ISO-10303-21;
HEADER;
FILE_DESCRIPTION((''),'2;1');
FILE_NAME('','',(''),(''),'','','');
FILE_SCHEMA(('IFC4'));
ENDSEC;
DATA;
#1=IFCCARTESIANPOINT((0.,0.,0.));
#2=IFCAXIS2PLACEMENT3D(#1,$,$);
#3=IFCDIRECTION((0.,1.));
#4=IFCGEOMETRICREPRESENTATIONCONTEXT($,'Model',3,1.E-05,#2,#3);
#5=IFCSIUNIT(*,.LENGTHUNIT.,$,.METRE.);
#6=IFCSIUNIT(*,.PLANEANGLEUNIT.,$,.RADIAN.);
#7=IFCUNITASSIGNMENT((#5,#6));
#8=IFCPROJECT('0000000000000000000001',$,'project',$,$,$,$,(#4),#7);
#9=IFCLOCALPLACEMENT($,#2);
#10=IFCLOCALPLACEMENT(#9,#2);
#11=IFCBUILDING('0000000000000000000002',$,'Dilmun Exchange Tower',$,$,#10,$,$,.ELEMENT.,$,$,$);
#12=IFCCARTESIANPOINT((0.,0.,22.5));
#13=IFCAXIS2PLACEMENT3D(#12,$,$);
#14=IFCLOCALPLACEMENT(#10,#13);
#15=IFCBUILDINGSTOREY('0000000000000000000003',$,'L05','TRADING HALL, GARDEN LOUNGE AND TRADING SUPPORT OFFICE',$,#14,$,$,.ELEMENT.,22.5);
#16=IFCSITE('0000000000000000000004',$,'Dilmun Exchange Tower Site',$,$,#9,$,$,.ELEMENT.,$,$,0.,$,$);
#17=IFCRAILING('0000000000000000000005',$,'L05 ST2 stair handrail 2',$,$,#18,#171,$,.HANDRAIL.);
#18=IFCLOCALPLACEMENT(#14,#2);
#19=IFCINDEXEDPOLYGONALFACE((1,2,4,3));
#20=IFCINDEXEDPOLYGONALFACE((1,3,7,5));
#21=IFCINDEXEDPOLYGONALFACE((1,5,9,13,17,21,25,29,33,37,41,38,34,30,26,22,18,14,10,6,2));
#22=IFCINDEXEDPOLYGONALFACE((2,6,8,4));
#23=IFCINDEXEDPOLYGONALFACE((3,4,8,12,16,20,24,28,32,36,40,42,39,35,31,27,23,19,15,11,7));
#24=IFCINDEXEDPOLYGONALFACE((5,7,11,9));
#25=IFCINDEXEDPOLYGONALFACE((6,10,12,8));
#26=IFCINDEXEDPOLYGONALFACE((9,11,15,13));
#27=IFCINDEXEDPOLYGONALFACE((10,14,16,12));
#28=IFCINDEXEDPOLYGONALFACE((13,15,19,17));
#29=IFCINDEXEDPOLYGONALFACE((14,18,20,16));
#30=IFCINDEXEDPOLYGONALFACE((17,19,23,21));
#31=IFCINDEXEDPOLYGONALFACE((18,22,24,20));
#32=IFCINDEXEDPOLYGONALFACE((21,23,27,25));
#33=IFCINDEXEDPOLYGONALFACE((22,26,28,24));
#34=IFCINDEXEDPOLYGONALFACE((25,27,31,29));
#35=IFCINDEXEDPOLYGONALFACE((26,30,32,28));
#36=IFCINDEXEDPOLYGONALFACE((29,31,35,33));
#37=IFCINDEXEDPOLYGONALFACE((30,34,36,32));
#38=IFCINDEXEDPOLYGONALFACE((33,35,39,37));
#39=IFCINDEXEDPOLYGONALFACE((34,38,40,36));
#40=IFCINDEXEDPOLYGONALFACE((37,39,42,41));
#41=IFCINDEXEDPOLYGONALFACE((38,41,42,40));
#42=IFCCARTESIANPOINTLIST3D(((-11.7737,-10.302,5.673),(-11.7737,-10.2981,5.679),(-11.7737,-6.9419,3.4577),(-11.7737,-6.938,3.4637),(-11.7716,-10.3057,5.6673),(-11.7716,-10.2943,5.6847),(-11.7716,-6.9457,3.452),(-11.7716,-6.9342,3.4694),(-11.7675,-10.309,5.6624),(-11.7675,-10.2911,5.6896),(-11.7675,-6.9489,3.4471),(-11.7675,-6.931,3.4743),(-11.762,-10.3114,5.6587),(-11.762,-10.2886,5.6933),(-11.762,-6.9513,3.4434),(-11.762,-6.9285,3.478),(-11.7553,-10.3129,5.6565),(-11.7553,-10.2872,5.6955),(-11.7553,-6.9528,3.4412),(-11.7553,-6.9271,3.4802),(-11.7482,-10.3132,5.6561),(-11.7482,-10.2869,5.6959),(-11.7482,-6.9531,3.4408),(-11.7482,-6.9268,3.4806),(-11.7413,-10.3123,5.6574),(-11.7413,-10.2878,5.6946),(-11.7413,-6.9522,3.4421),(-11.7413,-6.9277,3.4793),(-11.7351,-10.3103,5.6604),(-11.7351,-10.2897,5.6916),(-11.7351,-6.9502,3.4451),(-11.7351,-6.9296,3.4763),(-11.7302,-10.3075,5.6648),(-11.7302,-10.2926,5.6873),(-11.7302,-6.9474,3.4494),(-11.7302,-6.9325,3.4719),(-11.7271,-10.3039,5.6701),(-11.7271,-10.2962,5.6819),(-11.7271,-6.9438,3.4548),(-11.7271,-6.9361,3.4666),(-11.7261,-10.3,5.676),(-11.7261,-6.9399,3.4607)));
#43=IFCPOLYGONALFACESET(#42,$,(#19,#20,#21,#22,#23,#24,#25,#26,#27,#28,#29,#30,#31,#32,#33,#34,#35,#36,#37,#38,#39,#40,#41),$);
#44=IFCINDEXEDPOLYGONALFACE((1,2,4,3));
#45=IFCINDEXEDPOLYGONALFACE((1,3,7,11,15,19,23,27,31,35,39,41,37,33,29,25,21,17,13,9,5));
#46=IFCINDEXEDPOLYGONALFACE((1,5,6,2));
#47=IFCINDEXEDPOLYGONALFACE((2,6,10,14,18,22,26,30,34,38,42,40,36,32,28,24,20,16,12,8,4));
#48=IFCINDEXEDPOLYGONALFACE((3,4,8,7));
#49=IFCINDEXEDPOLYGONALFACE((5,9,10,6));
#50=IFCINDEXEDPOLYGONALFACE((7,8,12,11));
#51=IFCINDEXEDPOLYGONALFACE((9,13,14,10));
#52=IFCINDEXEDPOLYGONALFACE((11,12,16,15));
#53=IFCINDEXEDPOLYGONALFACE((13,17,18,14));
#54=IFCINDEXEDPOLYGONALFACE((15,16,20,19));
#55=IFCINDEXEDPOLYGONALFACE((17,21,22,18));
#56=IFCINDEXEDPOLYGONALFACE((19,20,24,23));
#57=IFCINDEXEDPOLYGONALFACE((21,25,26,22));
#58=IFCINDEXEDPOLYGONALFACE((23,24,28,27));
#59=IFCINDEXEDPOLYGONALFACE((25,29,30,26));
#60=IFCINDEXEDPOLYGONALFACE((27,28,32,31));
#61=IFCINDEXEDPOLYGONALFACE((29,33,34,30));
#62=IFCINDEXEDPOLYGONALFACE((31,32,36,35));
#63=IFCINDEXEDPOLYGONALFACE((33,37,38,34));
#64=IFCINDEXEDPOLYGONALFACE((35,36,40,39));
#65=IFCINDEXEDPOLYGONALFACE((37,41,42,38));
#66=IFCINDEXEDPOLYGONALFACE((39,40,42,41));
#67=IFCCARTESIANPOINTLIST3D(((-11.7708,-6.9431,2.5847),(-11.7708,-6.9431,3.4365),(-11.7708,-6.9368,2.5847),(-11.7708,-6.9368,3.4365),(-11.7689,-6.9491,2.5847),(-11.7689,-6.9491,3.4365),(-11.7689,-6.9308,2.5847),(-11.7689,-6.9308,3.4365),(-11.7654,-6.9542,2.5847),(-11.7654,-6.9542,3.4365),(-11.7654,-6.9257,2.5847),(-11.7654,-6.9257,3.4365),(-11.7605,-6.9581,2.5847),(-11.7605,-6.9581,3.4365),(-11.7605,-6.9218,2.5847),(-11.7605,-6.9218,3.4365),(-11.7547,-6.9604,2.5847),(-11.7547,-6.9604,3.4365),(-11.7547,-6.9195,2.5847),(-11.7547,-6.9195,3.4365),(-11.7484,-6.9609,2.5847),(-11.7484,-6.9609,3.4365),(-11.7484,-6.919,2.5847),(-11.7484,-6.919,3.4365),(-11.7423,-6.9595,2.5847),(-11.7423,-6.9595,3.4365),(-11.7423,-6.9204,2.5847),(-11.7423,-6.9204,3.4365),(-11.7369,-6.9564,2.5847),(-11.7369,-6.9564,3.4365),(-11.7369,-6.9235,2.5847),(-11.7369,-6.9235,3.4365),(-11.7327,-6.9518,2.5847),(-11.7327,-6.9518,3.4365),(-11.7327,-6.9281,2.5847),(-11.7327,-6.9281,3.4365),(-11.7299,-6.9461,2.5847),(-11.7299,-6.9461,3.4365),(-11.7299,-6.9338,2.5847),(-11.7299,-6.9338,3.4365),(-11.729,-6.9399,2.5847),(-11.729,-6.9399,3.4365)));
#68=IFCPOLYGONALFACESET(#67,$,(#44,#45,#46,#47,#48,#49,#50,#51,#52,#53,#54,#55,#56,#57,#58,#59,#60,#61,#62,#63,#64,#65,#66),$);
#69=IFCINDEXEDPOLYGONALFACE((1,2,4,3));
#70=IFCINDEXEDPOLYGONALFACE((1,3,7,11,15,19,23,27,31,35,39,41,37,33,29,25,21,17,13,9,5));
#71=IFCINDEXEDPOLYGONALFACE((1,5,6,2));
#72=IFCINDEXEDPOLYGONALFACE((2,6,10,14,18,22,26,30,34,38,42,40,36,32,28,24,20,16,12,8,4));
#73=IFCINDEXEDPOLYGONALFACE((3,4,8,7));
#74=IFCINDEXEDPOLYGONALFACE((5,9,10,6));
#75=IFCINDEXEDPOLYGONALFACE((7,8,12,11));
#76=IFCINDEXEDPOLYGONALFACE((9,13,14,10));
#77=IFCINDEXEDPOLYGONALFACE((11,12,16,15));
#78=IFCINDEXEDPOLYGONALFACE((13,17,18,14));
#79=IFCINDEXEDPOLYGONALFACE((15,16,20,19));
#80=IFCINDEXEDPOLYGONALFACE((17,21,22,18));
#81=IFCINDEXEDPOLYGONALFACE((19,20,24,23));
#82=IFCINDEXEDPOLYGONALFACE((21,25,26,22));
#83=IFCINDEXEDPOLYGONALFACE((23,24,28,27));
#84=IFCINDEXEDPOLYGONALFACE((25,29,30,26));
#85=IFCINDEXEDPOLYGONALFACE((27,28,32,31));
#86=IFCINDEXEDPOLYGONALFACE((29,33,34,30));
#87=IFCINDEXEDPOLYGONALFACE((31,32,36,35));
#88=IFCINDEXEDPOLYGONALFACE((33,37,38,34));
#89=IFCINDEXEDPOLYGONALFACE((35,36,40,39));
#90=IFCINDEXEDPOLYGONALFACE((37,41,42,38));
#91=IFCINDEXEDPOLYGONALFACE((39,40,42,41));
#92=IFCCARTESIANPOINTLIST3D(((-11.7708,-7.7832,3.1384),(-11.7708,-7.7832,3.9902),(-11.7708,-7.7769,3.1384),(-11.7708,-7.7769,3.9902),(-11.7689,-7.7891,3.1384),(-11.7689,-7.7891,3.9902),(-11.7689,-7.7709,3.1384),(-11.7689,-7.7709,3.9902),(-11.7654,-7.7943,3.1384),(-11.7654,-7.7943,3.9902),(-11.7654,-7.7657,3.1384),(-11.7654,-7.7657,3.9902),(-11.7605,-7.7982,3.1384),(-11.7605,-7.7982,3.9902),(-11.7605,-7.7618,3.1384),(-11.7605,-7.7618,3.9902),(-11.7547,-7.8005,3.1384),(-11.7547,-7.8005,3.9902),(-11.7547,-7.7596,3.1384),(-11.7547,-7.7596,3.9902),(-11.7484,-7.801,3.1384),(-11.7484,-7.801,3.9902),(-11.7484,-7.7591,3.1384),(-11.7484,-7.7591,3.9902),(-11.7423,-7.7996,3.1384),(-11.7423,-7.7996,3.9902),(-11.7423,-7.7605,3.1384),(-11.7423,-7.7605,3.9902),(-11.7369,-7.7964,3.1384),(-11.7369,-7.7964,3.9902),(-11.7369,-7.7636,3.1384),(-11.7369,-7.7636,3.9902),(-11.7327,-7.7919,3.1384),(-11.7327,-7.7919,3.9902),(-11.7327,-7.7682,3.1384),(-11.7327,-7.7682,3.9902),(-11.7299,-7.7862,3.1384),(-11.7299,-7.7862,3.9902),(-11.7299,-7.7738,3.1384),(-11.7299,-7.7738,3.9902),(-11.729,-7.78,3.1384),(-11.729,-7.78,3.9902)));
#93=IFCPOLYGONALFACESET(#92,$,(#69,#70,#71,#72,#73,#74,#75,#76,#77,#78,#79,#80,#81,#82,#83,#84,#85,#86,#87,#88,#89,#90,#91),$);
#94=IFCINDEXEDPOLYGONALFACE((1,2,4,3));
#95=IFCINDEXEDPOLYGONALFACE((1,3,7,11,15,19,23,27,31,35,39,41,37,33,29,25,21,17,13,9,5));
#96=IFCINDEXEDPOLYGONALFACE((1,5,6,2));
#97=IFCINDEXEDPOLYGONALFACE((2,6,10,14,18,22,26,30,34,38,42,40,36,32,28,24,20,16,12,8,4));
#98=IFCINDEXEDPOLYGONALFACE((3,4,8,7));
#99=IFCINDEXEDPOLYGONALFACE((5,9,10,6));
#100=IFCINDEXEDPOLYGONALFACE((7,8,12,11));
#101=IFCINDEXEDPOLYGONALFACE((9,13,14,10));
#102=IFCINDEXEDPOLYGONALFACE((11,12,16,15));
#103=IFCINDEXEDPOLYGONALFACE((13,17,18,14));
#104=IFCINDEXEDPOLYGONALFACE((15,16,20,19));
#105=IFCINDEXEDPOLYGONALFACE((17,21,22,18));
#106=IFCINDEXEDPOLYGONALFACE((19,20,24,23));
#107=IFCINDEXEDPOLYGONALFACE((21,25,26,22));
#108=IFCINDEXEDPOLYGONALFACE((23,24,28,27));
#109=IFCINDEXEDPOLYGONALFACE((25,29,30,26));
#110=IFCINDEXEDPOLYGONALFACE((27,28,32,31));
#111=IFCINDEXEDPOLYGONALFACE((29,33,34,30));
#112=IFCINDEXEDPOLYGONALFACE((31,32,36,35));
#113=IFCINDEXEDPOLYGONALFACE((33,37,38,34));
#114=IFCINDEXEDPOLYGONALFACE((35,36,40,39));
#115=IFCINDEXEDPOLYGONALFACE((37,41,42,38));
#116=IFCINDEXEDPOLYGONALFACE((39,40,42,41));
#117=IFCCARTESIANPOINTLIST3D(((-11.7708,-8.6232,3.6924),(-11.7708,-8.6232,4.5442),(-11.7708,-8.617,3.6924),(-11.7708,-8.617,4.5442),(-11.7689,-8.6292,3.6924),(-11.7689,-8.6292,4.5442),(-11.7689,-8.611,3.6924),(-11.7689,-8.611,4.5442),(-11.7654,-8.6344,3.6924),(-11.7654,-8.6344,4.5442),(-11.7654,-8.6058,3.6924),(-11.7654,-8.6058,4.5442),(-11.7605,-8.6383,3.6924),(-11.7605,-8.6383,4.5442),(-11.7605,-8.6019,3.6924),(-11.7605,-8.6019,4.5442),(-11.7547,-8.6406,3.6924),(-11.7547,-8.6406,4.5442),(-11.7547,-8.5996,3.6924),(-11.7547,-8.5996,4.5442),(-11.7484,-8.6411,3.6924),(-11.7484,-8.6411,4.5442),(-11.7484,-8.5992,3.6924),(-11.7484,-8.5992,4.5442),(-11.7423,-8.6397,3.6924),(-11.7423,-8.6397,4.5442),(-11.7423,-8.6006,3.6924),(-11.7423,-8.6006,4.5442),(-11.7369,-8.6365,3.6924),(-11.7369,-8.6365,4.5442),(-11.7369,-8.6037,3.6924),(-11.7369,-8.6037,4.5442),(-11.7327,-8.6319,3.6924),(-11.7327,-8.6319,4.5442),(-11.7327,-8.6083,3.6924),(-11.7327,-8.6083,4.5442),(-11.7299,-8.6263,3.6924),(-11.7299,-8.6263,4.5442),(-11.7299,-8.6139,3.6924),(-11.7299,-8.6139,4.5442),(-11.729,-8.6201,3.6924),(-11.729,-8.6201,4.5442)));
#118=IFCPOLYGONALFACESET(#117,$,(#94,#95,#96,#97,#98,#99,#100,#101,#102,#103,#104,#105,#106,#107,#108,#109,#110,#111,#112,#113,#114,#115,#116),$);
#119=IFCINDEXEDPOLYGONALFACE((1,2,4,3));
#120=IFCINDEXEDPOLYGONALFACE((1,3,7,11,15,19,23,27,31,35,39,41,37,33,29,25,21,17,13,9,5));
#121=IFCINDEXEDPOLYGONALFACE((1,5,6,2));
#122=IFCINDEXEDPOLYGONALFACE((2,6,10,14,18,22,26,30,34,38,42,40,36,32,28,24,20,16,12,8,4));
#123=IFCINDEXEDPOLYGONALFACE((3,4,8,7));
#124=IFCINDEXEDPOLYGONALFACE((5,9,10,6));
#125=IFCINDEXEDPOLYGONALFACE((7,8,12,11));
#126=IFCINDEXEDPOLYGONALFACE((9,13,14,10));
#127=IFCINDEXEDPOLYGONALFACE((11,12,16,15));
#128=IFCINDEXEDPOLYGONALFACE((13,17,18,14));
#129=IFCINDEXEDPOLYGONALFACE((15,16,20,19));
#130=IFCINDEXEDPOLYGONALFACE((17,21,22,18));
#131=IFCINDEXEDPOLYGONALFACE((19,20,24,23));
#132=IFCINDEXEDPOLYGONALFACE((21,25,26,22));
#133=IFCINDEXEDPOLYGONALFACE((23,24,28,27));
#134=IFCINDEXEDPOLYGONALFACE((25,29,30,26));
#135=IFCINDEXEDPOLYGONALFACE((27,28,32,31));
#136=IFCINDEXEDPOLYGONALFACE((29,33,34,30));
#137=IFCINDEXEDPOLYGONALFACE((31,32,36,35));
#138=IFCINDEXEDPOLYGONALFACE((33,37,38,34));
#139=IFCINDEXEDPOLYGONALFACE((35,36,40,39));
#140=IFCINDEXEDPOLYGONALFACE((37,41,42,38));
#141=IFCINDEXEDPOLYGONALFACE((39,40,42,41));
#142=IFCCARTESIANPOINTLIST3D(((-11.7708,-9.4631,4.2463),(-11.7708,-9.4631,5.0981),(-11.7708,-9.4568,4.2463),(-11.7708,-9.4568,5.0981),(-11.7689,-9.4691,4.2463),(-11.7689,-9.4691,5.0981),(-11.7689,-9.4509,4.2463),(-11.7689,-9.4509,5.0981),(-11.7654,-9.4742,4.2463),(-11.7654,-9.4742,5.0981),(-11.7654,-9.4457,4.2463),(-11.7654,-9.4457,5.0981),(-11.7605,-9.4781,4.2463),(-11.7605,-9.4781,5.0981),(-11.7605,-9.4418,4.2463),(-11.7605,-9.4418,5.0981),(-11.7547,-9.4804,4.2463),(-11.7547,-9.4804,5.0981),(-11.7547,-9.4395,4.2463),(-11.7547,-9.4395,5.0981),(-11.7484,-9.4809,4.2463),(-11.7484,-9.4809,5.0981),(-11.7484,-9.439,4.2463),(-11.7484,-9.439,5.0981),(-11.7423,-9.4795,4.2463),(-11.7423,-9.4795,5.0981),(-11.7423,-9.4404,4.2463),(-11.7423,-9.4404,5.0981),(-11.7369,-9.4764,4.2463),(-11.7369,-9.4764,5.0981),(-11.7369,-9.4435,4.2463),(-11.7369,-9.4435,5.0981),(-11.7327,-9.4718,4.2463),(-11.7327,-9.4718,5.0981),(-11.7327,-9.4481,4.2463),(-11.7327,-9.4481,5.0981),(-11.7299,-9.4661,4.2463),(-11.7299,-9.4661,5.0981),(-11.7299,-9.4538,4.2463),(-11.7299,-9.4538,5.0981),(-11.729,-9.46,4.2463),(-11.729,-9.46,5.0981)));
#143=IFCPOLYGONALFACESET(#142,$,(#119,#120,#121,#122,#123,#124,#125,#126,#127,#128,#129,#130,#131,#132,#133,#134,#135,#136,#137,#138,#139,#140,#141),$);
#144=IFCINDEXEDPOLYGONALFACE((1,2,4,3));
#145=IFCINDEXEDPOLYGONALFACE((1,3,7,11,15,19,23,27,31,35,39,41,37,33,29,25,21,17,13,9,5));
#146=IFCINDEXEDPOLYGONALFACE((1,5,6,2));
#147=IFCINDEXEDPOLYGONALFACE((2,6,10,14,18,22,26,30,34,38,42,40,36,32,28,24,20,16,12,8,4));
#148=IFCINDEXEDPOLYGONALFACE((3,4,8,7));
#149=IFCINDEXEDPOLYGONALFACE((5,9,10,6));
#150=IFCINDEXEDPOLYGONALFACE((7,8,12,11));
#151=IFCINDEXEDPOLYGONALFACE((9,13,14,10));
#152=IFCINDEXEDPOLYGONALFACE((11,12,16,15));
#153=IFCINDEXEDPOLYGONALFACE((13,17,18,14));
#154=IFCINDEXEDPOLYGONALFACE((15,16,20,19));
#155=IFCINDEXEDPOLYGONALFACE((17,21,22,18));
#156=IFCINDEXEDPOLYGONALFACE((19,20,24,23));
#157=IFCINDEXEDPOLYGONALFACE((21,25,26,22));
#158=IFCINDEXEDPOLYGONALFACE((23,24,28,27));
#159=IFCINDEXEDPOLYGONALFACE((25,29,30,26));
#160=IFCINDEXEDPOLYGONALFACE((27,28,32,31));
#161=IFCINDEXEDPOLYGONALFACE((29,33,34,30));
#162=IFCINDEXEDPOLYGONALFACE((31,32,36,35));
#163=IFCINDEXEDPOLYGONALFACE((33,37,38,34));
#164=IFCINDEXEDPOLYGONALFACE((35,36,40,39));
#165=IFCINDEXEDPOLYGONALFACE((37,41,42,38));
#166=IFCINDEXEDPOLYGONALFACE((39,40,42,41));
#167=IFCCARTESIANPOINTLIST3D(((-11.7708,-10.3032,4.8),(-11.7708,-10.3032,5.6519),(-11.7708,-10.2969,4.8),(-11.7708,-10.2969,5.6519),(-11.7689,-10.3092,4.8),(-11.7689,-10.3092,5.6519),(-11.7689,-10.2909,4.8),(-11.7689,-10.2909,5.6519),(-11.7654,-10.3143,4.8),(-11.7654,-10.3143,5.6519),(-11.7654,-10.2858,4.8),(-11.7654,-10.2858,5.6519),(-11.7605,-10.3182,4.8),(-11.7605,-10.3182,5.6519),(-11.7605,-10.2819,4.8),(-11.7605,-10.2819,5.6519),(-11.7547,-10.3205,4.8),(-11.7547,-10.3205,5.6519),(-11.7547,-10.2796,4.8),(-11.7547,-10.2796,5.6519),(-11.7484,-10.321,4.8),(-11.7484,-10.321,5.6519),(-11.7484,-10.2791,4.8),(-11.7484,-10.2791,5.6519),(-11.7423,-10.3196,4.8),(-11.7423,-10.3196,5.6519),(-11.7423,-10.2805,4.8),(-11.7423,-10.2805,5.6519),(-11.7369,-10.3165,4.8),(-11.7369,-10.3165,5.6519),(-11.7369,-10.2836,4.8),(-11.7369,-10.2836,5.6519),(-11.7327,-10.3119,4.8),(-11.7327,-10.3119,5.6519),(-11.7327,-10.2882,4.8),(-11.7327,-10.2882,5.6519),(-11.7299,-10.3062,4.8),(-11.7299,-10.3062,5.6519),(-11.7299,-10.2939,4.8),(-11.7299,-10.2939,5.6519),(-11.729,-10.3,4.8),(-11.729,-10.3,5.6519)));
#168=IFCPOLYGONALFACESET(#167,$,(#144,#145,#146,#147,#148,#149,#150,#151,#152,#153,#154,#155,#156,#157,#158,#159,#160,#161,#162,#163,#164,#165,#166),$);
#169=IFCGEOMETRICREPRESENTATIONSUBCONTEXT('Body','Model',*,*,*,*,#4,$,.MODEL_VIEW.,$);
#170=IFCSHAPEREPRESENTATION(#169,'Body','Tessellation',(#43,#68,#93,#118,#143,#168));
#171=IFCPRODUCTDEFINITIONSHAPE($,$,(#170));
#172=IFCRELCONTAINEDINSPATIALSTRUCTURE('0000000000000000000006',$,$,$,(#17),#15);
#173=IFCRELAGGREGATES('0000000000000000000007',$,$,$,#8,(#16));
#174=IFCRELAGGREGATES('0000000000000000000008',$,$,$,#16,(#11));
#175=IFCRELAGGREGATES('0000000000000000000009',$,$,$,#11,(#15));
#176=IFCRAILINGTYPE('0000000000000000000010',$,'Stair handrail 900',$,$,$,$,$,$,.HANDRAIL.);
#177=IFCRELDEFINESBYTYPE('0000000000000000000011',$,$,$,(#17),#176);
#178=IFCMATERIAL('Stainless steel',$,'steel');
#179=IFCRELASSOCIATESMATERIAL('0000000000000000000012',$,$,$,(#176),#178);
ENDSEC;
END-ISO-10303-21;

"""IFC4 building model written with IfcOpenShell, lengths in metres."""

from ifc_helpers import new_model, si_unit, direction, frame, origin, origin_2d, place, context, subcontext, project, spatial, circle, extrude, material, type_object, element, save


model = new_model("IFC4")

# Units and contexts
model_context = context("Model", 3, precision=1e-05, world=origin(), true_north=direction((0.0, 1.0)))
body_context = subcontext(model_context, "Body", "Model", "MODEL_VIEW")
ifc_project = project(units=[si_unit("LENGTHUNIT", "METRE"), si_unit("PLANEANGLEUNIT", "RADIAN")], contexts=[model_context])

# Site, building, storey
site_placement = place(None, origin())
site = spatial("IfcSite", under=ifc_project, at=site_placement, Name="Dilmun Exchange Tower Site", CompositionType="ELEMENT", RefElevation=0.0)
building_placement = place(site_placement, origin())
building = spatial("IfcBuilding", under=site, at=building_placement, Name="Dilmun Exchange Tower", CompositionType="ELEMENT")
storey_placement = place(building_placement, frame((0.0, 0.0, 22.5)))
storey = spatial("IfcBuildingStorey", under=building, at=storey_placement, Name="L05", Description="TRADING HALL, GARDEN LOUNGE AND TRADING SUPPORT OFFICE", CompositionType="ELEMENT", Elevation=22.5)

# Railing
ifc_material_1 = material(Name="Stainless steel", Category="steel")
railing_type = type_object("IfcRailingType", Name="Stair handrail 900", PredefinedType="HANDRAIL", material=ifc_material_1)
railing_1_placement = place(storey_placement, frame((-11.75, -6.9399, 2.5847)))
element("IfcRailing", 1, at=railing_1_placement, inside=storey, type_object=railing_type, Name="L05 ST2 stair handrail 2", PredefinedType="HANDRAIL", context=body_context, shape_type="SweptSolid", body=[
    extrude(circle(Radius=0.0239, at=origin_2d()), frame((0.0, 0.0, 0.876), z_axis=(0.0, -0.834876, 0.550437), x_axis=(1.0, 0.0, 0.0)), (0.0, 0.0, 1.0), 4.0247),
    extrude(circle(Radius=0.021, at=origin_2d()), origin(), (0.0, 0.0, 1.0), 0.8518),
    extrude(circle(Radius=0.021, at=origin_2d()), frame((0.0, -0.8401, 0.5537)), (0.0, 0.0, 1.0), 0.8518),
    extrude(circle(Radius=0.021, at=origin_2d()), frame((0.0, -1.6802, 1.1077)), (0.0, 0.0, 1.0), 0.8518),
    extrude(circle(Radius=0.021, at=origin_2d()), frame((0.0, -2.52, 1.6616)), (0.0, 0.0, 1.0), 0.8518),
    extrude(circle(Radius=0.021, at=origin_2d()), frame((0.0, -3.3601, 2.2153)), (0.0, 0.0, 1.0), 0.8518),
])

save(model, "model.ifc")
